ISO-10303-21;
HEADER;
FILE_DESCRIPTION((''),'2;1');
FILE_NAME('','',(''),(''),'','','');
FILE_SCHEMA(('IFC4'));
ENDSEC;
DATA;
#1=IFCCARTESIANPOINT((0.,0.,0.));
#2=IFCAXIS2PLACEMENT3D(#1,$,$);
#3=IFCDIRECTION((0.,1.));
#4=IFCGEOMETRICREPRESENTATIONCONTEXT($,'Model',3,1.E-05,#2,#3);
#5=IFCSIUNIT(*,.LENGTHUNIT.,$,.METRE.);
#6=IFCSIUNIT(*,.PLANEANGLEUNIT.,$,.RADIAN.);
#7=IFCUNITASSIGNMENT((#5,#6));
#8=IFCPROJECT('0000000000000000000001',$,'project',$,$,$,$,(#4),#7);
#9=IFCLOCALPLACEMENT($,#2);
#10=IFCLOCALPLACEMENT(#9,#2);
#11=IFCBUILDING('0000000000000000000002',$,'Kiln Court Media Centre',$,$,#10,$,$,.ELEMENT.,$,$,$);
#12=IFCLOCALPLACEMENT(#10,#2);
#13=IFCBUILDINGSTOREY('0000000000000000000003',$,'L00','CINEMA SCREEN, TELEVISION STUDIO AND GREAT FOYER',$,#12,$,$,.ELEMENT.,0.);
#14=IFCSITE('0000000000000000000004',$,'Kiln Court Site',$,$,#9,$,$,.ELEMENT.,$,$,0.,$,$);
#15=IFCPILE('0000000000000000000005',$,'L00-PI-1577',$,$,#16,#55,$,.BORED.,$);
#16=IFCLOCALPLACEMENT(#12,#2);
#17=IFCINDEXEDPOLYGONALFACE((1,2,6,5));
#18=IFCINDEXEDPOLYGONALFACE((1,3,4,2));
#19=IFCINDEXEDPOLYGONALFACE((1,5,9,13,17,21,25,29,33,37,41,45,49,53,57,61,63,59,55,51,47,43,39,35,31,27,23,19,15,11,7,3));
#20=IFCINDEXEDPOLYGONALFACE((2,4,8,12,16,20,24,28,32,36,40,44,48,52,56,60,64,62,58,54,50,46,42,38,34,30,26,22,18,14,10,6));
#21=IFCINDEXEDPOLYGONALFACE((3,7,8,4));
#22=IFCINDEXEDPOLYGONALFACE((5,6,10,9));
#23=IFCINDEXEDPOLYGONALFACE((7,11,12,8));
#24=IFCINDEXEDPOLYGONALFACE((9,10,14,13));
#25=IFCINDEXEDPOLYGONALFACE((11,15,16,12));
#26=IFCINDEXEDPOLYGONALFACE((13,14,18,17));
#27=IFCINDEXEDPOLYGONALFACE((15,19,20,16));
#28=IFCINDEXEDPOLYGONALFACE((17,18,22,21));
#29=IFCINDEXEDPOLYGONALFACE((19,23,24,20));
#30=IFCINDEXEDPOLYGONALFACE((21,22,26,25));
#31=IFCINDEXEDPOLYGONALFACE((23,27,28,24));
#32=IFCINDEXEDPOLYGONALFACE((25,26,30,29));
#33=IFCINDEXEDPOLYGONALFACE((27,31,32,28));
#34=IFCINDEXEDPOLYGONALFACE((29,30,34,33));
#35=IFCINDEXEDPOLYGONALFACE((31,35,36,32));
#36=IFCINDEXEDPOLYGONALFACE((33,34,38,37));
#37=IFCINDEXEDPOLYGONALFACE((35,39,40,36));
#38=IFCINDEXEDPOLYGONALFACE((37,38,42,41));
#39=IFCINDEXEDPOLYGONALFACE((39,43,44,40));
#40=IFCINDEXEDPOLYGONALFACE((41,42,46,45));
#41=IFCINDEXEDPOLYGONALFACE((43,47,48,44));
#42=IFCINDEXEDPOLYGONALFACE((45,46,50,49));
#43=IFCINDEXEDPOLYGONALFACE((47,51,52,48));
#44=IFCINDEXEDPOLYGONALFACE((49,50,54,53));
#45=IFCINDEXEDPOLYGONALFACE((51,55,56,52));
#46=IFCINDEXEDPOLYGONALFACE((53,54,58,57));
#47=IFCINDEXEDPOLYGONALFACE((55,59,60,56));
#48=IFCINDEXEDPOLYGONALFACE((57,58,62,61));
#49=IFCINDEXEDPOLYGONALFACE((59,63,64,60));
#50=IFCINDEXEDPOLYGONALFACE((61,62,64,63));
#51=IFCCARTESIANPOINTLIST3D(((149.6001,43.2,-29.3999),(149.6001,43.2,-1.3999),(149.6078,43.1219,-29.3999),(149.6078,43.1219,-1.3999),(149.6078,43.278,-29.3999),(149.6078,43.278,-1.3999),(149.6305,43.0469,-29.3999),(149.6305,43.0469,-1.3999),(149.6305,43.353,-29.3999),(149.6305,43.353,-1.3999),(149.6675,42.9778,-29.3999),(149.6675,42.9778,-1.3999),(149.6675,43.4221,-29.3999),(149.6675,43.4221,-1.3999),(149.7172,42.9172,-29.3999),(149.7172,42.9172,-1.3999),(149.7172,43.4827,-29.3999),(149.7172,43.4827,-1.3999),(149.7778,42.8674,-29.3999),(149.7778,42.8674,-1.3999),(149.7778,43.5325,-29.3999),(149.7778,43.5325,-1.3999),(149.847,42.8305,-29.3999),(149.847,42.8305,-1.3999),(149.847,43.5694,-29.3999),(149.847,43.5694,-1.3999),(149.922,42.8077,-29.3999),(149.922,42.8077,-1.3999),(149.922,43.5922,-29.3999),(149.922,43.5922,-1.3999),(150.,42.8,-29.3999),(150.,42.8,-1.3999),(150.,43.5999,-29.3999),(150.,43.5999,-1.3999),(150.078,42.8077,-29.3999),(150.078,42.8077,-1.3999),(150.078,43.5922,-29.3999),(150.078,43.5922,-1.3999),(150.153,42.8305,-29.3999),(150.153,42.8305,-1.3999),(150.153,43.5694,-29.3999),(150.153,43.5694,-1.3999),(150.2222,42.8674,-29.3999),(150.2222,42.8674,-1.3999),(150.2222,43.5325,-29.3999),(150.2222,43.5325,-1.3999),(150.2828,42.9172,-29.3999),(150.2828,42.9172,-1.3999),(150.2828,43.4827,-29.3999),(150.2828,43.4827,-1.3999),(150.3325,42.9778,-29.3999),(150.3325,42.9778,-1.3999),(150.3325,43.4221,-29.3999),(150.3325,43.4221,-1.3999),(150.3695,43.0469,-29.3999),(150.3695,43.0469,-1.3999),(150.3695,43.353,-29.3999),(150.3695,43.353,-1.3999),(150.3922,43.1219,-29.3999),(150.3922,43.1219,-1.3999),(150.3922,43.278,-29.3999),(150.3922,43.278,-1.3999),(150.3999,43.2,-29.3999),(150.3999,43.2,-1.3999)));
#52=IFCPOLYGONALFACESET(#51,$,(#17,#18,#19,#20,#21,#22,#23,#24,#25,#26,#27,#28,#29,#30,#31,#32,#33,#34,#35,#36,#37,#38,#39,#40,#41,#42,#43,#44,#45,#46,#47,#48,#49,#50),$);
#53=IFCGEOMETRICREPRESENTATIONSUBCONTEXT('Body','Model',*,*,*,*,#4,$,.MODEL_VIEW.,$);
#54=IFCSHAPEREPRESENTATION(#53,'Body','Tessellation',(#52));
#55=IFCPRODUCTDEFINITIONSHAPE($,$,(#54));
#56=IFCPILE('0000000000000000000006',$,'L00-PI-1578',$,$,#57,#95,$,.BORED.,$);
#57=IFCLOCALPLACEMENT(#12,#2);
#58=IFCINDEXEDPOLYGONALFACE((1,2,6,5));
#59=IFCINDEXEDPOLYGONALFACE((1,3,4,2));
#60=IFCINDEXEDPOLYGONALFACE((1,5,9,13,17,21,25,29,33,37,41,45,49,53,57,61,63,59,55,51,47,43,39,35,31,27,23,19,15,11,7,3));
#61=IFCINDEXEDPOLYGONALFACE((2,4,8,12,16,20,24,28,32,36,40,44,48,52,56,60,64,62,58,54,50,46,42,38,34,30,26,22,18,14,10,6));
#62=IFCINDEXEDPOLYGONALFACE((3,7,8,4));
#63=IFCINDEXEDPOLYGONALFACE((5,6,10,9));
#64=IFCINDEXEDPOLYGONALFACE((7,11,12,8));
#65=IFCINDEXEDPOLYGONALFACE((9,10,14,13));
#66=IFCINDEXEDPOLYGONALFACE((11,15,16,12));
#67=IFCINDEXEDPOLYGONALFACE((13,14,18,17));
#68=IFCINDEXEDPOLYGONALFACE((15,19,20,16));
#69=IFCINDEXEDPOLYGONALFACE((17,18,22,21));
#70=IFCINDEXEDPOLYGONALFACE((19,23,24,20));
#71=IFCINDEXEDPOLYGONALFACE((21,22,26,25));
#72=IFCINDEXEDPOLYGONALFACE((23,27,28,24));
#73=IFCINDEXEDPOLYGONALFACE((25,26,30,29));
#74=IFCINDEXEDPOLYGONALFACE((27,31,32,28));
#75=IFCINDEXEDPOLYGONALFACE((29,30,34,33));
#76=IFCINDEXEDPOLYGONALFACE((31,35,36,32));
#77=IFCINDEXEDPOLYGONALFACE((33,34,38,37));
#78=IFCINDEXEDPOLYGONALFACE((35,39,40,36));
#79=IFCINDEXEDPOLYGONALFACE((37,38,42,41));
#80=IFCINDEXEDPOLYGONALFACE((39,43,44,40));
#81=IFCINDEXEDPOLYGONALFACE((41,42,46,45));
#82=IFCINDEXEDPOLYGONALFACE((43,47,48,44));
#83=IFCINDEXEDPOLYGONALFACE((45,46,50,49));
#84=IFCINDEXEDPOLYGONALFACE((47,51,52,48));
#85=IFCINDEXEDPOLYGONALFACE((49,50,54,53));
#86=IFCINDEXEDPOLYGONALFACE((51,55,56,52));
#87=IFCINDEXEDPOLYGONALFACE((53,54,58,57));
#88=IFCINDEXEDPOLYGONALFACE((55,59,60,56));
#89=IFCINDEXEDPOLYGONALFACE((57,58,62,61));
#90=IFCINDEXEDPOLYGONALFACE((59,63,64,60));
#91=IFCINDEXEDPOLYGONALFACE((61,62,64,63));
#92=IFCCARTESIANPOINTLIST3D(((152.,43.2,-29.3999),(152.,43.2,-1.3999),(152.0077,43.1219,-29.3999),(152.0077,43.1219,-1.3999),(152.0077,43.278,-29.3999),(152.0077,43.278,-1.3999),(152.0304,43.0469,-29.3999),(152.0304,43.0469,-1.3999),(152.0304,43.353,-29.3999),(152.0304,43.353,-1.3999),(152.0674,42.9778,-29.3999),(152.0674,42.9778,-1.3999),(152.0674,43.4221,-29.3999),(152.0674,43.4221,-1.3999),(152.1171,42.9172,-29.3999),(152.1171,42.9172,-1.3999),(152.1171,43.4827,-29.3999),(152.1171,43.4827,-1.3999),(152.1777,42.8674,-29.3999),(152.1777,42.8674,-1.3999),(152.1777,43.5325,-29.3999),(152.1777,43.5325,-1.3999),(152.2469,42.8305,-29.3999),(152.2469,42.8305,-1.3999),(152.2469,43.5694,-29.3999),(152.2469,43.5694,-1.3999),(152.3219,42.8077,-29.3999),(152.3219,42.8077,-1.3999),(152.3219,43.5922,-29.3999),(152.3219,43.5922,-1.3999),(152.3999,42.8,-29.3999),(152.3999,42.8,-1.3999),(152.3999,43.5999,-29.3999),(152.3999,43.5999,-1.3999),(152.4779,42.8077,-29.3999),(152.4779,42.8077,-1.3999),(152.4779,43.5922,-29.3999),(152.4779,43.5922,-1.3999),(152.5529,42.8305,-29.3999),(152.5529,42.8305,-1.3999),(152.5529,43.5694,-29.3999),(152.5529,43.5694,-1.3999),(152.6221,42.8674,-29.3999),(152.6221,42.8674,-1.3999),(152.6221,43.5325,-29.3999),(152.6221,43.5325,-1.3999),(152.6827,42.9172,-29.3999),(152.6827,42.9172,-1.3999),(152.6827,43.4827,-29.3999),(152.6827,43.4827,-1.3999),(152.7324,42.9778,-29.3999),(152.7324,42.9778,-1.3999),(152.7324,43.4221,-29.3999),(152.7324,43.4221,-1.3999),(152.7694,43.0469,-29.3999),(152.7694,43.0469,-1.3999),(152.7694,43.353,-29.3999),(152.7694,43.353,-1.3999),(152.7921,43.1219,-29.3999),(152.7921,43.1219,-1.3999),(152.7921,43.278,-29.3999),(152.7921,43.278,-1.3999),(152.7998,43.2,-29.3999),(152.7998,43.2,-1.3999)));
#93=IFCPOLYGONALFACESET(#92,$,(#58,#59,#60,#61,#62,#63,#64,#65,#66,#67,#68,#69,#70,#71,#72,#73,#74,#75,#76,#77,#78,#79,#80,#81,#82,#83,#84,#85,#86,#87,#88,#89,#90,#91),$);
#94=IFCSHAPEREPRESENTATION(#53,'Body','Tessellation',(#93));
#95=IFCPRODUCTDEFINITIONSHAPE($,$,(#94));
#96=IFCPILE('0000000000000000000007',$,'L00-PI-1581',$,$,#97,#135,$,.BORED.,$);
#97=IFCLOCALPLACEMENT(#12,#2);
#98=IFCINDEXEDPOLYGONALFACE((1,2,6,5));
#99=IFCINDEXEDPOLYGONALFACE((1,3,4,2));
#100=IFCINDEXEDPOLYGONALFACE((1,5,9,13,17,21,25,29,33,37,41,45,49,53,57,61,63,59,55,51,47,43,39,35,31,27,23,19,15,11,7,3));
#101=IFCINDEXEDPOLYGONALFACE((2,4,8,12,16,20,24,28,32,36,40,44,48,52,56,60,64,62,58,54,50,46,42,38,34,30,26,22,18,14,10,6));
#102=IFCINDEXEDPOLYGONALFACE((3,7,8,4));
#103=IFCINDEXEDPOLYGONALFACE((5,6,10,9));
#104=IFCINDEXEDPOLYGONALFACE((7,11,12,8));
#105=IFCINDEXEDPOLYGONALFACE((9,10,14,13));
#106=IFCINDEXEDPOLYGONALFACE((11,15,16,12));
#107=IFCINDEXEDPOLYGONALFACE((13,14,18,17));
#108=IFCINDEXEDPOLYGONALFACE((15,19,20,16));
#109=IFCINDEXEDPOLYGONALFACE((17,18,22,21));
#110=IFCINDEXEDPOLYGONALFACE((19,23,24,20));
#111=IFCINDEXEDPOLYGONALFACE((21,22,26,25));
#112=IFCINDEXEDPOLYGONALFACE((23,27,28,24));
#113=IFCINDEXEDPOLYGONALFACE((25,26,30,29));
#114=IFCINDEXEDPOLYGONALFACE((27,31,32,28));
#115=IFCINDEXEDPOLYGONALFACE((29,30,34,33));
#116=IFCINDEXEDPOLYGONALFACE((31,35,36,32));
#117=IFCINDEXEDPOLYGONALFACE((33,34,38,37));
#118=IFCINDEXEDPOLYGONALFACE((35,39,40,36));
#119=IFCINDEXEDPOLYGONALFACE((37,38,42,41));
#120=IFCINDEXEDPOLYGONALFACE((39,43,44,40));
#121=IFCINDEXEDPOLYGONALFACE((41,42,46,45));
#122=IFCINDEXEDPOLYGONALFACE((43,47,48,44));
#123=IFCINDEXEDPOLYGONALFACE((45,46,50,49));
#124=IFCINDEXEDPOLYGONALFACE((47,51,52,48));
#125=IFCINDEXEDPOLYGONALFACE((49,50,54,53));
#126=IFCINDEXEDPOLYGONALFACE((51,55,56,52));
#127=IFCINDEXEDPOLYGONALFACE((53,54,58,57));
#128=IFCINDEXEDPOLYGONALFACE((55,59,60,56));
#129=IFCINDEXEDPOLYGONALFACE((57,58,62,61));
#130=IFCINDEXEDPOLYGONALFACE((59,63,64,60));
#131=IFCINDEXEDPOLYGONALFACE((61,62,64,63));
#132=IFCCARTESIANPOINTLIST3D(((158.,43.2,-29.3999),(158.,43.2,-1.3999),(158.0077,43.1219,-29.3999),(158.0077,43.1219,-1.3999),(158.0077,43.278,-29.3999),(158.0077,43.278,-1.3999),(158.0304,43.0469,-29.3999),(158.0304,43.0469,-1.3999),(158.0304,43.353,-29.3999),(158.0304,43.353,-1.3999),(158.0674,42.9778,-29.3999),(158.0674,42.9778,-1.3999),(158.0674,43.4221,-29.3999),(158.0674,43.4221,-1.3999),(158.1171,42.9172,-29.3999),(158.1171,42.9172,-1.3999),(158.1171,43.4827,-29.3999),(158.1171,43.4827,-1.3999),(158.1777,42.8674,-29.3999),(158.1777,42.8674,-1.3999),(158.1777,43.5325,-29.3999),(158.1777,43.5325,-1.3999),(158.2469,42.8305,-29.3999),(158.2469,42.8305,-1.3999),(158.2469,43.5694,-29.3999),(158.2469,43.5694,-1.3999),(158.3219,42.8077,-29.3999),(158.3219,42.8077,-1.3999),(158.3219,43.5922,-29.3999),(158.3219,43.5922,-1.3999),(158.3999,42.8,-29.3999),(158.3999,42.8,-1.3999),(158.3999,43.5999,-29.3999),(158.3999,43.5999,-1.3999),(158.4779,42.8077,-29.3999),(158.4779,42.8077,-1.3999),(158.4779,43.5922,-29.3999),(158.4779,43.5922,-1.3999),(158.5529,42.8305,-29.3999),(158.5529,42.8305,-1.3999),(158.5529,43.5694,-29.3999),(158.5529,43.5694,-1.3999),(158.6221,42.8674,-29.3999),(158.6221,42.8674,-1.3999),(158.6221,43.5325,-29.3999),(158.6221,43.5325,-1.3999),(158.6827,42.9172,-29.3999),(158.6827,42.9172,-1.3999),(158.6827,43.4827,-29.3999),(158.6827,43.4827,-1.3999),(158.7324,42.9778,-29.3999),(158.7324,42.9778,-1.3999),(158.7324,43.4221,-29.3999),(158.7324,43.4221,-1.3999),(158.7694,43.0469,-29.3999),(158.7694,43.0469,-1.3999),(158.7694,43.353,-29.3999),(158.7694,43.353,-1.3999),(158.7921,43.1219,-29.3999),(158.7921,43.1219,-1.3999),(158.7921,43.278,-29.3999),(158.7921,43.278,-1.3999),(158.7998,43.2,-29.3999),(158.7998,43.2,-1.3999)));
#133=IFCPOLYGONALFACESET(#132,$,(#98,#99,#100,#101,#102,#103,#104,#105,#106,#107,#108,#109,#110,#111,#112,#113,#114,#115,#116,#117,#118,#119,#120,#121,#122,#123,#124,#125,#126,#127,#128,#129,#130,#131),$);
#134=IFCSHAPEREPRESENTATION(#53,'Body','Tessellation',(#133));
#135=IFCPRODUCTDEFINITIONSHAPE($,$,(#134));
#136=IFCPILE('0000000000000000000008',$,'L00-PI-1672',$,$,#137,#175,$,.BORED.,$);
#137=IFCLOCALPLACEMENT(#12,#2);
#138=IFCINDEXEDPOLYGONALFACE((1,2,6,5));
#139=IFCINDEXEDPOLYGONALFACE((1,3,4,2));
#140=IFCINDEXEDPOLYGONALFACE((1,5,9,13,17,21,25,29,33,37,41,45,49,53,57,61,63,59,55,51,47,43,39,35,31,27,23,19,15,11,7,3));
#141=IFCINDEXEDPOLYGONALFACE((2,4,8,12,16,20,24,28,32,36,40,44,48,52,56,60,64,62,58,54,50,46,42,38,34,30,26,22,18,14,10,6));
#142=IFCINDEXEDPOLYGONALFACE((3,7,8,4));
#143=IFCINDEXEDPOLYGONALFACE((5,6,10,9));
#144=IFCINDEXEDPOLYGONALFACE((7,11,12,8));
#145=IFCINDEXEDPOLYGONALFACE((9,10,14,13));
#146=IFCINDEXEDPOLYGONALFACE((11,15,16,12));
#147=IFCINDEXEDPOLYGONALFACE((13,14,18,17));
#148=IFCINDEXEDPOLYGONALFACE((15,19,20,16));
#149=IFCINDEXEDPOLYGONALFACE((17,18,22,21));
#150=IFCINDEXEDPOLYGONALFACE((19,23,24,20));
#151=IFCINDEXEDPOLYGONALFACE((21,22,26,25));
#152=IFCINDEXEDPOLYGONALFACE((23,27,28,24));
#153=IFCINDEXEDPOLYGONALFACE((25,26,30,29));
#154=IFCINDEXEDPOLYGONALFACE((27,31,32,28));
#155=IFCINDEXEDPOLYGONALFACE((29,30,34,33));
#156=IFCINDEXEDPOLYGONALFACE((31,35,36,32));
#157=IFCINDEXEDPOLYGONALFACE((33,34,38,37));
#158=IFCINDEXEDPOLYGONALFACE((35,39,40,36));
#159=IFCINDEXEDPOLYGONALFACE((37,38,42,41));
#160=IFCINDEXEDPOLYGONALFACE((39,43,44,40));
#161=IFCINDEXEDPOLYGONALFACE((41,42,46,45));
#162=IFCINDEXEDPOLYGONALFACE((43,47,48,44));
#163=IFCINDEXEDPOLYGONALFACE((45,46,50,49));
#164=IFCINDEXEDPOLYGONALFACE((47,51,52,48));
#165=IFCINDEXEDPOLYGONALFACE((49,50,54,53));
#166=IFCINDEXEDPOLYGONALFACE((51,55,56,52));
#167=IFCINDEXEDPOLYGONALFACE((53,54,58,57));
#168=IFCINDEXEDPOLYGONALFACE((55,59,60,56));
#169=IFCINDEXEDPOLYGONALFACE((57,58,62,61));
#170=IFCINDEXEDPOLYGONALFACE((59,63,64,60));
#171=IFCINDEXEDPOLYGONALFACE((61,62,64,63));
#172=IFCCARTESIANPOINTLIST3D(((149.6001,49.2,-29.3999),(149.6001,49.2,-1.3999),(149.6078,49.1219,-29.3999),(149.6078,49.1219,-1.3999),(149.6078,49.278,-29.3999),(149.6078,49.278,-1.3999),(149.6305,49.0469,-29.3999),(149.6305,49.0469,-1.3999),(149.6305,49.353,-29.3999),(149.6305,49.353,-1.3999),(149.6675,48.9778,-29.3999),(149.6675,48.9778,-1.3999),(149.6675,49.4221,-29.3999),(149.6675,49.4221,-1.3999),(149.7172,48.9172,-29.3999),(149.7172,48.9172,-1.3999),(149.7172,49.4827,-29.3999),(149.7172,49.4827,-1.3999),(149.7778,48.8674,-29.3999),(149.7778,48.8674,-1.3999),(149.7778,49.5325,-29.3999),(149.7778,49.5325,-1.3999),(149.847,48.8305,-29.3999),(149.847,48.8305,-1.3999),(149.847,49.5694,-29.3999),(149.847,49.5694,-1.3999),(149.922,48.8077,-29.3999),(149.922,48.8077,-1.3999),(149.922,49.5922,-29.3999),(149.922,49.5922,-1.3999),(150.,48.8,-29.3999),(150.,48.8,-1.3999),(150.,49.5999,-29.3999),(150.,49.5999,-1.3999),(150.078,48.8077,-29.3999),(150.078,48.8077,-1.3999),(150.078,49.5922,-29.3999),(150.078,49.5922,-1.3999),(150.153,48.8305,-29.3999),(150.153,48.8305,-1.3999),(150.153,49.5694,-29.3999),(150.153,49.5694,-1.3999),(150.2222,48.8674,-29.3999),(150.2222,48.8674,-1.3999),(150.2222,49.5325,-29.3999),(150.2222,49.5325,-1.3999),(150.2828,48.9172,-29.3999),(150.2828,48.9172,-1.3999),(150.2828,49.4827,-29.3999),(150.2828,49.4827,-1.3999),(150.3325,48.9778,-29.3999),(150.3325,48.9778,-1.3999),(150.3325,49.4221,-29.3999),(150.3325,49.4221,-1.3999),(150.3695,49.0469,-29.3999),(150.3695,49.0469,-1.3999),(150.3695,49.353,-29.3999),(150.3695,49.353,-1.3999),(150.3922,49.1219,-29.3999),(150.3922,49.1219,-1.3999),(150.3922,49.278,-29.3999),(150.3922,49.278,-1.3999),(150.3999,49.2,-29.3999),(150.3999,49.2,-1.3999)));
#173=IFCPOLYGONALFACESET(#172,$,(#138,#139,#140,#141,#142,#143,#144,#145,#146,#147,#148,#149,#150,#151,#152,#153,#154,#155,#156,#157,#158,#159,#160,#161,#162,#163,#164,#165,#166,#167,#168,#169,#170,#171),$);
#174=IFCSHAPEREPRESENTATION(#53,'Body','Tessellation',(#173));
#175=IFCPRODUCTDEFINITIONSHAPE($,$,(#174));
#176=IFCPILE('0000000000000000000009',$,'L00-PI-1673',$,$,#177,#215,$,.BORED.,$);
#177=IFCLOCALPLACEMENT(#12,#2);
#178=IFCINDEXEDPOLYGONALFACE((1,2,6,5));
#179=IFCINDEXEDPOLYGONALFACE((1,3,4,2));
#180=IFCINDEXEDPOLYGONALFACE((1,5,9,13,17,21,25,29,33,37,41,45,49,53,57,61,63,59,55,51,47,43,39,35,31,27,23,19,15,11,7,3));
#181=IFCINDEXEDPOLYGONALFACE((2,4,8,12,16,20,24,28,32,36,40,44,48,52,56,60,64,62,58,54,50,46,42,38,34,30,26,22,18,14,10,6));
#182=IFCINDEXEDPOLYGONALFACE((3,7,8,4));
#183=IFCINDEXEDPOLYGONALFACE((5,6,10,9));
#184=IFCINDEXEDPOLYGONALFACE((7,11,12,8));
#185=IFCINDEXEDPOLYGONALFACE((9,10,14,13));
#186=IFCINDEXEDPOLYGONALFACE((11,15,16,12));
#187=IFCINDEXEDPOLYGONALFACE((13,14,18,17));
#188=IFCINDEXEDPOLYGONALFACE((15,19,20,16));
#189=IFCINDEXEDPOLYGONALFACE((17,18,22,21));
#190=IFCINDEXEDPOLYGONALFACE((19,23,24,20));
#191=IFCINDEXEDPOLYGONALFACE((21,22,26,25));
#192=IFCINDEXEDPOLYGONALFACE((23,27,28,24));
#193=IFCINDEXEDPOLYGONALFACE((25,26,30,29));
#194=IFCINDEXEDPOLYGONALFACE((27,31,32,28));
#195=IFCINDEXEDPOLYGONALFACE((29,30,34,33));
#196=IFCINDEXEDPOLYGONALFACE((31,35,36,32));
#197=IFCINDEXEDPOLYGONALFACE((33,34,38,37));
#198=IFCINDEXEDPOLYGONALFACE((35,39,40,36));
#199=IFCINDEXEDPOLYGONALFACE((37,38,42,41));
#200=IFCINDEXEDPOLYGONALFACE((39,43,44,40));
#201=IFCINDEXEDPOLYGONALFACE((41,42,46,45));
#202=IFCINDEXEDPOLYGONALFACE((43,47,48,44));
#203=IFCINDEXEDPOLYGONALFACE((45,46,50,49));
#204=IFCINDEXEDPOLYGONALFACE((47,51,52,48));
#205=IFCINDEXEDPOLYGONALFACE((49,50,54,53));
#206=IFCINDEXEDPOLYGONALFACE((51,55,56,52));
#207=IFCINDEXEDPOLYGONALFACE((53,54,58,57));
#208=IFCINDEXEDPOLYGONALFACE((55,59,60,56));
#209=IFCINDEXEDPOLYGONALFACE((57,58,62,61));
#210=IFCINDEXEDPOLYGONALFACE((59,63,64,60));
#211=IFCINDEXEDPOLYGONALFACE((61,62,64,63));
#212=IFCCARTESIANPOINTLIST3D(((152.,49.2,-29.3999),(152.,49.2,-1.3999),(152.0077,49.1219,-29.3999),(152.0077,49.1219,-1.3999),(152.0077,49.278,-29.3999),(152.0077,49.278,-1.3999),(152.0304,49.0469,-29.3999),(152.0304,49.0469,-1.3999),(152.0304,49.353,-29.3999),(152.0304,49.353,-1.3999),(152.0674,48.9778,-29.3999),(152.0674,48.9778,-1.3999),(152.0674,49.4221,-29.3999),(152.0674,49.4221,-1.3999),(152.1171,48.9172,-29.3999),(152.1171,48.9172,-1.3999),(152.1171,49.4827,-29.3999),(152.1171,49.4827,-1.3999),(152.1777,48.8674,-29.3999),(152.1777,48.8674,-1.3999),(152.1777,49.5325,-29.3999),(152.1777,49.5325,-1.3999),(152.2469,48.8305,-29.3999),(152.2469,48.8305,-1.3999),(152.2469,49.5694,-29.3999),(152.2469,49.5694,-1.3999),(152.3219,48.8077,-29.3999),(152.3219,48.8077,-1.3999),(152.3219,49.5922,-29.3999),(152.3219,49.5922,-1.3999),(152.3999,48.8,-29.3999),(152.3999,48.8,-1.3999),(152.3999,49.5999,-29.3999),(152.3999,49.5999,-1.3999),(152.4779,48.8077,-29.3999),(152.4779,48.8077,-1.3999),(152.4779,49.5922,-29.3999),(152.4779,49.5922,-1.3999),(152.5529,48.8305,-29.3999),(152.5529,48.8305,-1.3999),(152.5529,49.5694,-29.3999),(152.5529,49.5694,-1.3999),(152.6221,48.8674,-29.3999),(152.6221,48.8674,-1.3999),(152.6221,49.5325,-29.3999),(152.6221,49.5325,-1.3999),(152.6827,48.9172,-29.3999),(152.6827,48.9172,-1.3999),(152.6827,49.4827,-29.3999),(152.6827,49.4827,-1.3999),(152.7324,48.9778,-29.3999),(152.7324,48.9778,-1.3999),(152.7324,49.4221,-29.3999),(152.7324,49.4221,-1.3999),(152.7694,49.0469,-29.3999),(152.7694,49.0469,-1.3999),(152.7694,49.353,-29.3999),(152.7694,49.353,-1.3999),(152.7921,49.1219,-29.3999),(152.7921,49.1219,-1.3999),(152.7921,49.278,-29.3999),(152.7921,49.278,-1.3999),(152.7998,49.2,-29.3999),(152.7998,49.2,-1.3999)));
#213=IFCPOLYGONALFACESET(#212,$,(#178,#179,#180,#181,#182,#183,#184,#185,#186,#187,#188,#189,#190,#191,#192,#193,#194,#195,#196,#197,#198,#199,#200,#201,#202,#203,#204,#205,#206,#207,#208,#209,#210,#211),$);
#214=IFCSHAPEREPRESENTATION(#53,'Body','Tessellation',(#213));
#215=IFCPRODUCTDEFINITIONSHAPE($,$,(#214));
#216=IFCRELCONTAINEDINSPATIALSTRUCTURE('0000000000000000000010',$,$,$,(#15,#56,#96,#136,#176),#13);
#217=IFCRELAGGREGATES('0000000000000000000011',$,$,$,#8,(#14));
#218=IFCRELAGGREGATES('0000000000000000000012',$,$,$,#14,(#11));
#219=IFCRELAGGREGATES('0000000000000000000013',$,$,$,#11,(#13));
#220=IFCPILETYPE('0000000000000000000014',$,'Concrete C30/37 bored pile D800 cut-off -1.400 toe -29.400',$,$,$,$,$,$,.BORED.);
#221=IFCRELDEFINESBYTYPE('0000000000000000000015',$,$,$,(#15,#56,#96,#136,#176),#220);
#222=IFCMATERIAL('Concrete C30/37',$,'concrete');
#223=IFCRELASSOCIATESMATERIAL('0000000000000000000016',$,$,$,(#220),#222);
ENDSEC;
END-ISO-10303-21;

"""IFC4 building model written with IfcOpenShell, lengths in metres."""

from ifc_helpers import new_model, si_unit, direction, frame, origin, origin_2d, place, context, subcontext, project, spatial, circle, extrude, material, material_profile, profile_set, type_object, element, save


model = new_model("IFC4")

# Units and contexts
model_context = context("Model", 3, precision=1e-05, world=origin(), true_north=direction((0.0, 1.0)))
body_context = subcontext(model_context, "Body", "Model", "MODEL_VIEW")
ifc_project = project(units=[si_unit("LENGTHUNIT", "METRE"), si_unit("PLANEANGLEUNIT", "RADIAN")], contexts=[model_context])

# Site, building, storey
site_placement = place(None, origin())
site = spatial("IfcSite", under=ifc_project, at=site_placement, Name="Kiln Court Site", CompositionType="ELEMENT", RefElevation=0.0)
building_placement = place(site_placement, origin())
building = spatial("IfcBuilding", under=site, at=building_placement, Name="Kiln Court Media Centre", CompositionType="ELEMENT")
storey_placement = place(building_placement, origin())
storey = spatial("IfcBuildingStorey", under=building, at=storey_placement, Name="L00", Description="CINEMA SCREEN, TELEVISION STUDIO AND GREAT FOYER", CompositionType="ELEMENT", Elevation=0.0)

# Piles
ifc_material_1 = material(Name="Concrete C30/37", Category="concrete")
ifc_material_profile_1 = material_profile(ifc_material_1, circle(Radius=0.3999, at=origin_2d()), Name="PILE D800")
ifc_profile_set_1 = profile_set([ifc_material_profile_1], Name="Concrete C30/37")
pile_type = type_object("IfcPileType", Name="Concrete C30/37 bored pile D800 cut-off -1.400 toe -29.400", PredefinedType="BORED", material=ifc_profile_set_1)
for number, where, z_axis, x_axis, name in (
    (1, (150.0, 43.2, -1.3999), (0.0, 0.0, -1.0), (1.0, 0.0, 0.0), "L00-PI-1577"),
    (2, (152.3999, 43.2, -1.3999), (0.0, 0.0, -1.0), (1.0, 0.0, 0.0), "L00-PI-1578"),
    (3, (158.3999, 43.2, -1.3999), (0.0, 0.0, -1.0), (1.0, 0.0, 0.0), "L00-PI-1581"),
    (4, (150.0, 49.2, -1.3999), (0.0, 0.0, -1.0), (1.0, 0.0, 0.0), "L00-PI-1672"),
    (5, (152.3999, 49.2, -1.3999), (0.0, 0.0, -1.0), (1.0, 0.0, 0.0), "L00-PI-1673"),
):
    element("IfcPile", number, at=place(storey_placement, frame(where, z_axis=z_axis, x_axis=x_axis)), inside=storey, type_object=pile_type, Name=name, PredefinedType="BORED", context=body_context, shape_type="SweptSolid", body=[
        extrude(circle(Radius=0.3999, at=origin_2d()), origin(), (0.0, 0.0, 1.0), 28.0),
    ])

save(model, "model.ifc")
